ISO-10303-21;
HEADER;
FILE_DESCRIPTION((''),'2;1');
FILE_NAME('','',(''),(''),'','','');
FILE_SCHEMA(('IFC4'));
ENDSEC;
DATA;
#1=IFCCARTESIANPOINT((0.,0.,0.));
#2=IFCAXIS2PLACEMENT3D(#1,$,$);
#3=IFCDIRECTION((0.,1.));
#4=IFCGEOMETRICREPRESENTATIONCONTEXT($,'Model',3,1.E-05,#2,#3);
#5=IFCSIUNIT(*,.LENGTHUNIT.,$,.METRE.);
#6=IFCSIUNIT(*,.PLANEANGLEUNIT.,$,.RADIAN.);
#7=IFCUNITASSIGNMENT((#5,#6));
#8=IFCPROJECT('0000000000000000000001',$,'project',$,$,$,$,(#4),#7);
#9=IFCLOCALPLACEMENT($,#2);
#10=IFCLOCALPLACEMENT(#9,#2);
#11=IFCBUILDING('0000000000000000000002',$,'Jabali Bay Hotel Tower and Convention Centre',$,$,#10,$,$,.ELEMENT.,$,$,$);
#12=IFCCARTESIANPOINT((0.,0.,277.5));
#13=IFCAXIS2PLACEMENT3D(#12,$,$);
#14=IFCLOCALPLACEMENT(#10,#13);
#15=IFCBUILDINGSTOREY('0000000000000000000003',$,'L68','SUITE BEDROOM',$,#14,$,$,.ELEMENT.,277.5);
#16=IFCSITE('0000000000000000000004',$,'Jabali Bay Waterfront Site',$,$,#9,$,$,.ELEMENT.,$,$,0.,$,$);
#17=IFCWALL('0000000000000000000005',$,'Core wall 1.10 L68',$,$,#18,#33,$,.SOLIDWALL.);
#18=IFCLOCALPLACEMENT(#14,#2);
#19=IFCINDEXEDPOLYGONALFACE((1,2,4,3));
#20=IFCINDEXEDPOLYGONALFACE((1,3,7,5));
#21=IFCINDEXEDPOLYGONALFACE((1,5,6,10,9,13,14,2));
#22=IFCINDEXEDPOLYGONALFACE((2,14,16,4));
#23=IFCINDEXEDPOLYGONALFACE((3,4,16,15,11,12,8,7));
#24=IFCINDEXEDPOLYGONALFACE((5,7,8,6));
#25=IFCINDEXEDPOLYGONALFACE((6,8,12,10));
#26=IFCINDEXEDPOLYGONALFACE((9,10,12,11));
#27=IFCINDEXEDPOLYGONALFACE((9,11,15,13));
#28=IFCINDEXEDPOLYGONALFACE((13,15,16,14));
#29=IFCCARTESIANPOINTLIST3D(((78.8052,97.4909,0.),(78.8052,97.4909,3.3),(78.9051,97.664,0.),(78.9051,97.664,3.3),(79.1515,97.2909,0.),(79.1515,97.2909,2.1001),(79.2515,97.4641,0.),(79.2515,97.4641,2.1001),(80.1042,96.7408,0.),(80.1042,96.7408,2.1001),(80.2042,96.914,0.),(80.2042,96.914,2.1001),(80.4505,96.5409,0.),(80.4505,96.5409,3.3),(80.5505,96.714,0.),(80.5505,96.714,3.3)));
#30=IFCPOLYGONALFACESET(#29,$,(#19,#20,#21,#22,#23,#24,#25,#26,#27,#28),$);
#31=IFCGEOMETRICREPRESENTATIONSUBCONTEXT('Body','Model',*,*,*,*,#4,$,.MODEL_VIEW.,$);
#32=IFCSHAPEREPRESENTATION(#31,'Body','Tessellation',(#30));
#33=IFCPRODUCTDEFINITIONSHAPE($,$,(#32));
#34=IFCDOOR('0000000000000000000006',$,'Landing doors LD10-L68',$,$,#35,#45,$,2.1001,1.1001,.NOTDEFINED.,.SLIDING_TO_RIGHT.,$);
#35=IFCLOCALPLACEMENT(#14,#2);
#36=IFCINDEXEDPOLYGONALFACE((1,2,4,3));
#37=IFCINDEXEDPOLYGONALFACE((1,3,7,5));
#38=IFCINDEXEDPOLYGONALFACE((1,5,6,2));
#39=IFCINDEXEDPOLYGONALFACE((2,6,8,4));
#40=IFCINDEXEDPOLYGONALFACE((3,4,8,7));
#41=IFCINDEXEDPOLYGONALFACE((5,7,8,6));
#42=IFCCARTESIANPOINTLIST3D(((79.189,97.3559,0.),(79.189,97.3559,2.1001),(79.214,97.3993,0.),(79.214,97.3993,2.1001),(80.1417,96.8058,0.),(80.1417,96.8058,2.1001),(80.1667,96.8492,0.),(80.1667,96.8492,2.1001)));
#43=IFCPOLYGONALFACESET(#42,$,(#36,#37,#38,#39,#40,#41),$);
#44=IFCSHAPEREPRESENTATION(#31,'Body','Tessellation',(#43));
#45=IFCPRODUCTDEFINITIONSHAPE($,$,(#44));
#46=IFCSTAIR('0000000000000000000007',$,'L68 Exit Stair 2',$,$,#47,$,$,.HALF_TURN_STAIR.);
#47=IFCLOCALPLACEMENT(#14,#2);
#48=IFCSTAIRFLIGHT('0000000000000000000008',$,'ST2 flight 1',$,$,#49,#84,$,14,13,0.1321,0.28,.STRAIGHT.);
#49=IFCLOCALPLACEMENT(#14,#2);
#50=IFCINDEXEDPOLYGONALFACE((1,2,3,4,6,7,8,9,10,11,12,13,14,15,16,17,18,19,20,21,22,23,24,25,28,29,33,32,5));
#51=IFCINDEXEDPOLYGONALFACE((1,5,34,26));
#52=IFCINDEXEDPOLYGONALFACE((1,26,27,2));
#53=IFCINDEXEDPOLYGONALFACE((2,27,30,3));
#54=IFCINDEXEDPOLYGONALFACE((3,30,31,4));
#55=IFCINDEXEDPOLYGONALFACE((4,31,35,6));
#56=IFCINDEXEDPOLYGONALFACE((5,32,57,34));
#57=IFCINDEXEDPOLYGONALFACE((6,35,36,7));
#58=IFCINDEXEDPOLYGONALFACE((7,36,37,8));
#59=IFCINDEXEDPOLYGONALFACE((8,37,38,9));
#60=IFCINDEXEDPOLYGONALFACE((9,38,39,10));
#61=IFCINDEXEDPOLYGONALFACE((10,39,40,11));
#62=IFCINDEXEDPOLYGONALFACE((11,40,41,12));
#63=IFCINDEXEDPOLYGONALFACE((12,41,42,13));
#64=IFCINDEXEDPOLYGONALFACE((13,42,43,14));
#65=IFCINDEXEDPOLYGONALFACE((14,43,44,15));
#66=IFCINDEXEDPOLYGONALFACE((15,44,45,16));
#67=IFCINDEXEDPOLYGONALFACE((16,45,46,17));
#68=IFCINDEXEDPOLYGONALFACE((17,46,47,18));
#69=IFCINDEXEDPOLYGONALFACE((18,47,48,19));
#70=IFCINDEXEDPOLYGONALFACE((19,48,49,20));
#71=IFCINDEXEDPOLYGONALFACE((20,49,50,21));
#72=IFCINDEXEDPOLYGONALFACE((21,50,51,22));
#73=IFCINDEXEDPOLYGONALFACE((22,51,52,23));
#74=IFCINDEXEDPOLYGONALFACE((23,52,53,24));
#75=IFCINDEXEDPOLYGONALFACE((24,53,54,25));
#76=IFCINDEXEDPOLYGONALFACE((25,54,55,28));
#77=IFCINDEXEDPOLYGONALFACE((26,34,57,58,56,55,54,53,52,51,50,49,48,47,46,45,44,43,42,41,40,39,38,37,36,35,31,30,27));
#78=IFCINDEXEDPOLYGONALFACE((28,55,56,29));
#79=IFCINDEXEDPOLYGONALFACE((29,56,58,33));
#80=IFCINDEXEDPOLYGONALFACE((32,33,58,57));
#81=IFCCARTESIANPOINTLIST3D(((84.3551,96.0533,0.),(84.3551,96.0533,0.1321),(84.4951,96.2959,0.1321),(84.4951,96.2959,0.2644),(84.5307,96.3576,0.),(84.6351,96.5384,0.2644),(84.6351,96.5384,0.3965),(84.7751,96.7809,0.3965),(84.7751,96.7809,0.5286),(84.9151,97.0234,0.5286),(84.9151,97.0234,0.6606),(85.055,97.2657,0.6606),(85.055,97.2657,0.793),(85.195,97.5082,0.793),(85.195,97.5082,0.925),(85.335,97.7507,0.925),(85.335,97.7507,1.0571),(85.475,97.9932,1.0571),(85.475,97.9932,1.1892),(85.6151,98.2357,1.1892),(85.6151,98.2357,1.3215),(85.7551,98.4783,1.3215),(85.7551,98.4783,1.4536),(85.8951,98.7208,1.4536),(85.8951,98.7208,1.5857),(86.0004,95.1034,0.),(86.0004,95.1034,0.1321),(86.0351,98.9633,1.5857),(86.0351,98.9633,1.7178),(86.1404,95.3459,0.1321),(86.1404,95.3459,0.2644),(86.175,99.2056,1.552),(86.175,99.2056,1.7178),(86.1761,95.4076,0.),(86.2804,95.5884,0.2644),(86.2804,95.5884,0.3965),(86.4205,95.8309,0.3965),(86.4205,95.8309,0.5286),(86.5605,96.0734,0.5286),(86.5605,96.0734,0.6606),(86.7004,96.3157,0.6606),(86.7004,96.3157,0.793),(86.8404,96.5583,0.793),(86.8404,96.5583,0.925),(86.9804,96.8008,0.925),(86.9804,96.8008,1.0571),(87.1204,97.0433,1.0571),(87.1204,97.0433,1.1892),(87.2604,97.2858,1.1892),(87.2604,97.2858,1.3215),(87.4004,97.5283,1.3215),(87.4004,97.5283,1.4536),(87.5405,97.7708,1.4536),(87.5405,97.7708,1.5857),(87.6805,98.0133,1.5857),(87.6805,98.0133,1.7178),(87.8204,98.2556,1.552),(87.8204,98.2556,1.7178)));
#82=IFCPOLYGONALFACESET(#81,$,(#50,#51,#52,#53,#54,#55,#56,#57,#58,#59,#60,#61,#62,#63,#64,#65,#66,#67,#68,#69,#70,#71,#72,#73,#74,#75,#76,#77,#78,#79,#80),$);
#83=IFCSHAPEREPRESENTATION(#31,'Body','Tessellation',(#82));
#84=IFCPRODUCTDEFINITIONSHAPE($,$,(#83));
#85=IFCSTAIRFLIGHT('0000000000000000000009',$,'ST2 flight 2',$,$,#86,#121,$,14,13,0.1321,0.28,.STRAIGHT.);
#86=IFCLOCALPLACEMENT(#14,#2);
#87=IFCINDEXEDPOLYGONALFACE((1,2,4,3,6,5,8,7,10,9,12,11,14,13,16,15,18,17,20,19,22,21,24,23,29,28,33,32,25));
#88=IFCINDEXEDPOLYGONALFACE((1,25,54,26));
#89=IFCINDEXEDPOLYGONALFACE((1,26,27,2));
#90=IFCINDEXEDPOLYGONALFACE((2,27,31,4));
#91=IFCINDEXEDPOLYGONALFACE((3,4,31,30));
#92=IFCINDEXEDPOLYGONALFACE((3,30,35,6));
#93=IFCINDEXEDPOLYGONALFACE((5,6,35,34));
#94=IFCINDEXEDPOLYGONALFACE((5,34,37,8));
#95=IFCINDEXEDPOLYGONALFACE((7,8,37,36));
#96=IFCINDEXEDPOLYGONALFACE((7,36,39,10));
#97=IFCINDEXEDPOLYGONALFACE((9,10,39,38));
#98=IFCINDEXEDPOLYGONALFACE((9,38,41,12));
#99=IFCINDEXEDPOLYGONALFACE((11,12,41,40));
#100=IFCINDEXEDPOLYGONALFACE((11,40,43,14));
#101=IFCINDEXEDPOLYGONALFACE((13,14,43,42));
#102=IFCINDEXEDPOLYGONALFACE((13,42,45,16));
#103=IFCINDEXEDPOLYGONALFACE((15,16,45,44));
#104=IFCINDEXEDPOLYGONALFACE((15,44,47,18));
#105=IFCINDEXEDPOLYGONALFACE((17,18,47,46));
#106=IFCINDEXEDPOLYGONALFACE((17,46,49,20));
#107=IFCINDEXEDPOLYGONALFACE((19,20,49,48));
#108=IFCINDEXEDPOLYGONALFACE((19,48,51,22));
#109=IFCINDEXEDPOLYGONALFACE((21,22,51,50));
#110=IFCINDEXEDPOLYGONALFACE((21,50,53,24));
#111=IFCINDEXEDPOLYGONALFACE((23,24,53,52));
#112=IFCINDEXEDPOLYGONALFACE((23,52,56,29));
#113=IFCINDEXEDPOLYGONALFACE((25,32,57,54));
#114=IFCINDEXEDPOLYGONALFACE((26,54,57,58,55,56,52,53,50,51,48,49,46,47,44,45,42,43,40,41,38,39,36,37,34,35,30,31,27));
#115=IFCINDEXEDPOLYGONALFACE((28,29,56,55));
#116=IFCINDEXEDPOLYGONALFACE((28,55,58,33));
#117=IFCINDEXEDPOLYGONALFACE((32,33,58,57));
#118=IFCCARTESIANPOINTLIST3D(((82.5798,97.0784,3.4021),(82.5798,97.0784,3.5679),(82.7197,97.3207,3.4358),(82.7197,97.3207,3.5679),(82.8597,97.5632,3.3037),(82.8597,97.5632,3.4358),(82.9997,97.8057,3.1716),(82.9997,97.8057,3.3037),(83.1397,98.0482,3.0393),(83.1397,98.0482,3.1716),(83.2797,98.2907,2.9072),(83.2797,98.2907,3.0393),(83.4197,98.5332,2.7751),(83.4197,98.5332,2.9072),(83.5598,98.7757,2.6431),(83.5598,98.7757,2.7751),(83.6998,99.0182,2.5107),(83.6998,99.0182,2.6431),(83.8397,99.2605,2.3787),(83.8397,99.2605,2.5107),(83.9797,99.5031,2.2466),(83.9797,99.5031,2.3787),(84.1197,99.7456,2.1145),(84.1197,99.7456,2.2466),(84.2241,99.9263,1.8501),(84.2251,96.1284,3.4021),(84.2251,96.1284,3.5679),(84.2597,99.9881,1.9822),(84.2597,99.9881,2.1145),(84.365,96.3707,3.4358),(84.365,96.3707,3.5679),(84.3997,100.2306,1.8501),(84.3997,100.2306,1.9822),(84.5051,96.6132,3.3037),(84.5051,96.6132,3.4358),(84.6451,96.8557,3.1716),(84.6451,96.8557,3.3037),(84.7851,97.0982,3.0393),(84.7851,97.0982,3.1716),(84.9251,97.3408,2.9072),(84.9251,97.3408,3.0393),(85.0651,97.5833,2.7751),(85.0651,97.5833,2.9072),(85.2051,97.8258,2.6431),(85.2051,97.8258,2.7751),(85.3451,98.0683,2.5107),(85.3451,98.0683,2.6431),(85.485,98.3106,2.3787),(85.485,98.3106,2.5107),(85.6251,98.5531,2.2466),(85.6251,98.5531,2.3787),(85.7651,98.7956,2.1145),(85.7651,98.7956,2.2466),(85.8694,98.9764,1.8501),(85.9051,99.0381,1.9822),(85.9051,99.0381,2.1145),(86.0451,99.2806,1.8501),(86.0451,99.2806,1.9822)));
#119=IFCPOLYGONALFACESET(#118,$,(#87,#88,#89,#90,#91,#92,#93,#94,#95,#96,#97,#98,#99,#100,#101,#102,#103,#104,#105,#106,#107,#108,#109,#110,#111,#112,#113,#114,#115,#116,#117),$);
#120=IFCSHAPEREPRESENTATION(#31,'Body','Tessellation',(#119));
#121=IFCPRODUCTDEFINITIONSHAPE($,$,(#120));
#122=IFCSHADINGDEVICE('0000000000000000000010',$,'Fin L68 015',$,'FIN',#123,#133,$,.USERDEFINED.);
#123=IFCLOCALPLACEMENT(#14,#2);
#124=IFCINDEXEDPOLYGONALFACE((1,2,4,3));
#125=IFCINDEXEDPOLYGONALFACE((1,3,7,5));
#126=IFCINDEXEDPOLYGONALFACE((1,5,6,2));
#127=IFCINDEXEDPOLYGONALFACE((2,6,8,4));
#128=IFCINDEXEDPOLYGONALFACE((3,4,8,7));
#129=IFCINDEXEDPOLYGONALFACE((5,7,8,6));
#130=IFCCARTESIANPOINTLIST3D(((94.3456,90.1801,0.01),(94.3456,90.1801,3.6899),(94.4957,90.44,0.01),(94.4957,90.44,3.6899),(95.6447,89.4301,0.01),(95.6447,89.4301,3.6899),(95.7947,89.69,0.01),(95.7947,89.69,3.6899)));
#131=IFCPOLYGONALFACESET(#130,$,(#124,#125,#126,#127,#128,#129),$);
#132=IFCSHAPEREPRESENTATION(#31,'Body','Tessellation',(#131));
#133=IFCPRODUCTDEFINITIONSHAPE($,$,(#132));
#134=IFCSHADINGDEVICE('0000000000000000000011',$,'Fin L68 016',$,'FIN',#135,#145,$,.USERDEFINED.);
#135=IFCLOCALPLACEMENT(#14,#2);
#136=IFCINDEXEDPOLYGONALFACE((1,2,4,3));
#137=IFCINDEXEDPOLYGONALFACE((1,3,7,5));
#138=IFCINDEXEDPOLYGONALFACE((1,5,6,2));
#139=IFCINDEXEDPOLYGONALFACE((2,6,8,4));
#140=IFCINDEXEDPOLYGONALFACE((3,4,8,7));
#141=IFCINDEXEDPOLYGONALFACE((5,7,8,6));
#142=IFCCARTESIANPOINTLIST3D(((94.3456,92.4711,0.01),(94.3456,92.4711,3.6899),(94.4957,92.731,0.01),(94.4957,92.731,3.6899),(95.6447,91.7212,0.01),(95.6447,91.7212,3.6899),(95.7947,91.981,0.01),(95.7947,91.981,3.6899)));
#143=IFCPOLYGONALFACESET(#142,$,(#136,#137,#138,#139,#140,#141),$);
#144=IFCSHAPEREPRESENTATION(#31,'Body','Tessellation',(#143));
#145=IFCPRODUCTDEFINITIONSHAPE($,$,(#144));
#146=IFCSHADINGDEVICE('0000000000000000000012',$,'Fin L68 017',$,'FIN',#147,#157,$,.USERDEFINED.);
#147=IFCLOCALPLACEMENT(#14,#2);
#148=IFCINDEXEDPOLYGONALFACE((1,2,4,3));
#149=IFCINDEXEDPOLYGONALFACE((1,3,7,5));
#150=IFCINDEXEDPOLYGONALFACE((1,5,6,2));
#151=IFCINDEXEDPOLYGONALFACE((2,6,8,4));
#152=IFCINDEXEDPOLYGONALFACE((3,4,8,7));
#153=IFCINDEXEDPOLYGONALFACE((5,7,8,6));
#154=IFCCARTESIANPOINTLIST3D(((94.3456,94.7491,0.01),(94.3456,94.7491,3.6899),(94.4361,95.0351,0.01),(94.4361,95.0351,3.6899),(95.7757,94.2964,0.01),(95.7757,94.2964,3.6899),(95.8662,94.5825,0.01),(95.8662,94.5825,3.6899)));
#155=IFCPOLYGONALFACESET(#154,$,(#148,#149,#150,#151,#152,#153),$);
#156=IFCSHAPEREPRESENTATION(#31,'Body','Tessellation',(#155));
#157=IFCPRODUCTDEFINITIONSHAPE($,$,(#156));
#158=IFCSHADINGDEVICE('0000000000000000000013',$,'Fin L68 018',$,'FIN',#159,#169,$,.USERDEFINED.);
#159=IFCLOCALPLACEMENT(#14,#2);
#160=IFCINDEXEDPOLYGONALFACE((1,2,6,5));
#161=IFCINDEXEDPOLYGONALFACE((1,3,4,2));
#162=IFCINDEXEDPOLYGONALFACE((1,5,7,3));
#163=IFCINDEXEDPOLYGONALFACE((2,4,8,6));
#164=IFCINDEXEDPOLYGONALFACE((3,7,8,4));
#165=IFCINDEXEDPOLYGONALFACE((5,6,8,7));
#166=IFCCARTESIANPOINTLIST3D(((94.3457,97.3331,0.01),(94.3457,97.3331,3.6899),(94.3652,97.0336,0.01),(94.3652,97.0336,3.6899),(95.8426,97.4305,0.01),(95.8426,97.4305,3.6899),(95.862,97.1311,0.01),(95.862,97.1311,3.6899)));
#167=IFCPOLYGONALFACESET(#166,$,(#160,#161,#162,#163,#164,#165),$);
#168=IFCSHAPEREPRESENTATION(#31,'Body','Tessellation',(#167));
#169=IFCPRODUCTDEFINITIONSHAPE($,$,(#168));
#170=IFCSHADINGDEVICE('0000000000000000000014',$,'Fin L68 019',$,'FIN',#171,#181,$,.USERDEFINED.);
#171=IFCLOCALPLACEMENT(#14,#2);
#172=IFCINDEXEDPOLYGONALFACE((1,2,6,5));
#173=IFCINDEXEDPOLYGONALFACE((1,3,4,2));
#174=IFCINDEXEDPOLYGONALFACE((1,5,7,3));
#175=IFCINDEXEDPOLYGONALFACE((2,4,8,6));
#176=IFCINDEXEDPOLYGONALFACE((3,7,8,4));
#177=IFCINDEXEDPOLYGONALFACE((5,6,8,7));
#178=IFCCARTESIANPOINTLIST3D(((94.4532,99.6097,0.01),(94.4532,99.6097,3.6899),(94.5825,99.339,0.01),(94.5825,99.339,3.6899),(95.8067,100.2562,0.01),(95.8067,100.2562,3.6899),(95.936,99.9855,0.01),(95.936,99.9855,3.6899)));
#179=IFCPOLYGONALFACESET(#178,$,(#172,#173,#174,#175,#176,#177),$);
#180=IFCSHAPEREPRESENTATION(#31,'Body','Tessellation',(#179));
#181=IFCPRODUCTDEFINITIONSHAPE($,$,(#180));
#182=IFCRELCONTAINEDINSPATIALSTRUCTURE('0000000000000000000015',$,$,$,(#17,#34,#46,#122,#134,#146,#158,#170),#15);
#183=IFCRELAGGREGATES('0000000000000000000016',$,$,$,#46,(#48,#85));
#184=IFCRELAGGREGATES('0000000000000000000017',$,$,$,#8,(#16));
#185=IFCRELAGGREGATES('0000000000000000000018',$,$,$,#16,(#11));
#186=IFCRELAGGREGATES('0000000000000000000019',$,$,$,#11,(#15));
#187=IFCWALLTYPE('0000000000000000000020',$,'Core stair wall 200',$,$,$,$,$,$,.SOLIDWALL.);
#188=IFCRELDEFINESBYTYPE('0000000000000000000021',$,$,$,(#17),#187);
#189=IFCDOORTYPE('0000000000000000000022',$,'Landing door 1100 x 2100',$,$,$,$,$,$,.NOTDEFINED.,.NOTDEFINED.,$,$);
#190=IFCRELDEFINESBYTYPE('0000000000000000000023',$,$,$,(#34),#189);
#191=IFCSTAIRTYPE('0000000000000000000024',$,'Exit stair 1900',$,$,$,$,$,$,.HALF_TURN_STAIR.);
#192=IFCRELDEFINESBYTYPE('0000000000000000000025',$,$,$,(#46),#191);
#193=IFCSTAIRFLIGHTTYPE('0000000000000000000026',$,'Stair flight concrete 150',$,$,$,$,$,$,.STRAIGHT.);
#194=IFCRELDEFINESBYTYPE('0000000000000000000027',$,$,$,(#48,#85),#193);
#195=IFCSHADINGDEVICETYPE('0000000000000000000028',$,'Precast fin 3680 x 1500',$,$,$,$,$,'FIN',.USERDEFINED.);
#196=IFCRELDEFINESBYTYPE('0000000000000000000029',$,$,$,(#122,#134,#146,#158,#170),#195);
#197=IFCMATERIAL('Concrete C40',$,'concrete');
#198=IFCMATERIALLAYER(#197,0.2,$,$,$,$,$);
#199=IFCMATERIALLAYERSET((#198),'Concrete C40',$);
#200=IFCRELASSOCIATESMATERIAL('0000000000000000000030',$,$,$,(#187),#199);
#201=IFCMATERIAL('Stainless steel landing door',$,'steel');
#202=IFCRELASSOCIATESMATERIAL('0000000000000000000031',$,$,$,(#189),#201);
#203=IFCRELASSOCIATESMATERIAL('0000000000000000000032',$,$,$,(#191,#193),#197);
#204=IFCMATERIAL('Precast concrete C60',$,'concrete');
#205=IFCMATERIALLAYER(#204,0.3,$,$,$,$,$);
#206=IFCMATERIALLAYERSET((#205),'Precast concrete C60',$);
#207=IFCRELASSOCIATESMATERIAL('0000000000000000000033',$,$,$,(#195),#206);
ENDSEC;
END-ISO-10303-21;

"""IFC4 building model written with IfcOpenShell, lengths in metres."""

from ifc_helpers import new_model, si_unit, direction, frame, frame_2d, origin, place, context, subcontext, project, spatial, polyline, rectangle, outline, extrude, material, layer, layer_set, type_object, element, fill, aggregate, save


model = new_model("IFC4")

# Units and contexts
model_context = context("Model", 3, precision=1e-05, world=origin(), true_north=direction((0.0, 1.0)))
body_context = subcontext(model_context, "Body", "Model", "MODEL_VIEW")
ifc_project = project(units=[si_unit("LENGTHUNIT", "METRE"), si_unit("PLANEANGLEUNIT", "RADIAN")], contexts=[model_context])

# Site, building, storey
site_placement = place(None, origin())
site = spatial("IfcSite", under=ifc_project, at=site_placement, Name="Jabali Bay Waterfront Site", CompositionType="ELEMENT", RefElevation=0.0)
building_placement = place(site_placement, origin())
building = spatial("IfcBuilding", under=site, at=building_placement, Name="Jabali Bay Hotel Tower and Convention Centre", CompositionType="ELEMENT")
storey_placement = place(building_placement, frame((0.0, 0.0, 277.5)))
storey = spatial("IfcBuildingStorey", under=building, at=storey_placement, Name="L68", Description="SUITE BEDROOM", CompositionType="ELEMENT", Elevation=277.5)

# Shared definitions
ifc_material_1 = material(Name="Concrete C40", Category="concrete")
ifc_layer_1 = layer(ifc_material_1, 0.2)
ifc_layer_set_1 = layer_set([ifc_layer_1], Name="Concrete C40")
wall_type_1 = type_object("IfcWallType", Name="Core stair wall 200", PredefinedType="SOLIDWALL", material=ifc_layer_set_1)

# Wall, opening, door
wall_1_placement = place(storey_placement, frame((80.5005, 96.6274, 0.0), z_axis=(0.0, 0.0, 1.0), x_axis=(-0.866012, 0.500023, 0.0)))
wall_1 = element("IfcWall", 1, at=wall_1_placement, inside=storey, type_object=wall_type_1, Name="Core wall 1.10 L68", PredefinedType="SOLIDWALL", context=body_context, shape_type="SweptSolid", body=[
    extrude(rectangle(XDim=1.8999, YDim=0.2, at=frame_2d((0.95, 0.0))), origin(), (0.0, 0.0, 1.0), 3.3),
])
opening_1_placement = place(wall_1_placement, frame((0.3999, 0.0, 0.0)))
opening_1 = element("IfcOpeningElement", 2, at=opening_1_placement, cuts=wall_1, PredefinedType="OPENING", context=body_context, shape_type="SweptSolid", body=[
    extrude(rectangle(XDim=1.1001, YDim=2.1001, at=frame_2d((0.55, 1.05))), frame((0.0, 0.1104, 0.0), z_axis=(0.0, -1.0, 0.0), x_axis=(1.0, 0.0, 0.0)), (0.0, 0.0, 1.0), 0.2209),
])
ifc_material_2 = material(Name="Stainless steel landing door", Category="steel")
door_type_1 = type_object("IfcDoorType", Name="Landing door 1100 x 2100", OperationType="NOTDEFINED", PredefinedType="NOTDEFINED", material=ifc_material_2)
door_1_placement = place(opening_1_placement, origin())
door_1 = element("IfcDoor", 3, at=door_1_placement, inside=storey, type_object=door_type_1, Name="Landing doors LD10-L68", OperationType="SLIDING_TO_RIGHT", OverallHeight=2.1001, OverallWidth=1.1001, PredefinedType="NOTDEFINED", context=body_context, shape_type="SweptSolid", body=[
    extrude(rectangle(XDim=1.1001, YDim=2.1001, at=frame_2d((0.55, 1.05))), frame((0.0, 0.0249, 0.0), z_axis=(0.0, -1.0, 0.0), x_axis=(1.0, 0.0, 0.0)), (0.0, 0.0, 1.0), 0.05),
])
fill(opening_1, door_1)

# Stair, stair flights
stair_type = type_object("IfcStairType", Name="Exit stair 1900", PredefinedType="HALF_TURN_STAIR", material=ifc_material_1)
stair_placement = place(storey_placement, origin())
stair = element("IfcStair", 4, at=stair_placement, inside=storey, type_object=stair_type, Name="L68 Exit Stair 2", PredefinedType="HALF_TURN_STAIR")
stair_flight_type = type_object("IfcStairFlightType", Name="Stair flight concrete 150", PredefinedType="STRAIGHT", material=ifc_material_1)
stair_flight_1_placement = place(storey_placement, frame((85.1777, 95.5784, 0.0), z_axis=(0.0, 0.0, 1.0), x_axis=(0.5, 0.866025, 0.0)))
stair_flight_1 = element("IfcStairFlight", 5, at=stair_flight_1_placement, type_object=stair_flight_type, Name="ST2 flight 1", NumberOfRisers=14, NumberOfTreads=13, PredefinedType="STRAIGHT", RiserHeight=0.1321, TreadLength=0.28, context=body_context, shape_type="SweptSolid", body=[
    extrude(outline(polyline([(0.0, 0.0), (0.0, 0.1321), (0.28, 0.1321), (0.28, 0.2644), (0.5601, 0.2644), (0.5601, 0.3965), (0.8401, 0.3965), (0.8401, 0.5286), (1.1201, 0.5286), (1.1201, 0.6606), (1.3999, 0.6606), (1.3999, 0.793), (1.6799, 0.793), (1.6799, 0.925), (1.96, 0.925), (1.96, 1.0571), (2.24, 1.0571), (2.24, 1.1892), (2.52, 1.1892), (2.52, 1.3215), (2.8, 1.3215), (2.8, 1.4536), (3.0801, 1.4536), (3.0801, 1.5857), (3.3601, 1.5857), (3.3601, 1.7178), (3.6399, 1.7178), (3.6399, 1.8501), (3.6399, 1.552), (0.3513, 0.0), (0.0, 0.0)])), frame((0.0, 0.95, 0.0), z_axis=(0.0, -1.0, 0.0), x_axis=(1.0, 0.0, 0.0)), (0.0, 0.0, 1.0), 1.8999),
])
stair_flight_2_placement = place(storey_placement, frame((85.2224, 99.7556, 1.8501), z_axis=(0.0, 0.0, 1.0), x_axis=(-0.5, -0.866025, 0.0)))
stair_flight_2 = element("IfcStairFlight", 6, at=stair_flight_2_placement, type_object=stair_flight_type, Name="ST2 flight 2", NumberOfRisers=14, NumberOfTreads=13, PredefinedType="STRAIGHT", RiserHeight=0.1321, TreadLength=0.28, context=body_context, shape_type="SweptSolid", body=[
    extrude(outline(polyline([(0.0, 0.0), (0.0, 0.1321), (0.28, 0.1321), (0.28, 0.2644), (0.5601, 0.2644), (0.5601, 0.3965), (0.8401, 0.3965), (0.8401, 0.5286), (1.1201, 0.5286), (1.1201, 0.6606), (1.3999, 0.6606), (1.3999, 0.793), (1.6799, 0.793), (1.6799, 0.925), (1.96, 0.925), (1.96, 1.0571), (2.24, 1.0571), (2.24, 1.1892), (2.52, 1.1892), (2.52, 1.3215), (2.8, 1.3215), (2.8, 1.4536), (3.0801, 1.4536), (3.0801, 1.5857), (3.3601, 1.5857), (3.3601, 1.7178), (3.6399, 1.7178), (3.6399, 1.8501), (3.6399, 1.552), (0.3513, 0.0), (0.0, 0.0)])), frame((0.0, 0.95, 0.0), z_axis=(0.0, -1.0, 0.0), x_axis=(1.0, 0.0, 0.0)), (0.0, 0.0, 1.0), 1.8999),
])
aggregate(stair, [stair_flight_1, stair_flight_2])

# Shading devices
ifc_material_3 = material(Name="Precast concrete C60", Category="concrete")
ifc_layer_2 = layer(ifc_material_3, 0.3)
ifc_layer_set_2 = layer_set([ifc_layer_2], Name="Precast concrete C60")
shading_device_type = type_object("IfcShadingDeviceType", Name="Precast fin 3680 x 1500", ElementType="FIN", PredefinedType="USERDEFINED", material=ifc_layer_set_2)
for number, where, z_axis, x_axis, name in (
    (7, (94.4207, 90.3101, 0.01), (0.0, 0.0, 1.0), (0.866031, -0.49999, 0.0), "Fin L68 015"),
    (8, (94.4207, 92.6011, 0.01), (0.0, 0.0, 1.0), (0.866031, -0.49999, 0.0), "Fin L68 016"),
    (9, (94.3909, 94.8921, 0.01), (0.0, 0.0, 1.0), (0.953391, -0.301739, 0.0), "Fin L68 017"),
    (10, (94.3555, 97.1833, 0.01), (0.0, 0.0, 1.0), (0.997889, 0.064942, 0.0), "Fin L68 018"),
    (11, (94.5178, 99.4744, 0.01), (0.0, 0.0, 1.0), (0.902354, 0.430995, 0.0), "Fin L68 019"),
):
    element("IfcShadingDevice", number, at=place(storey_placement, frame(where, z_axis=z_axis, x_axis=x_axis)), inside=storey, type_object=shading_device_type, Name=name, ObjectType="FIN", PredefinedType="USERDEFINED", context=body_context, shape_type="SweptSolid", body=[
        extrude(rectangle(XDim=1.5, YDim=0.3, at=frame_2d((0.75, 0.0))), origin(), (0.0, 0.0, 1.0), 3.6799),
    ])

save(model, "model.ifc")
